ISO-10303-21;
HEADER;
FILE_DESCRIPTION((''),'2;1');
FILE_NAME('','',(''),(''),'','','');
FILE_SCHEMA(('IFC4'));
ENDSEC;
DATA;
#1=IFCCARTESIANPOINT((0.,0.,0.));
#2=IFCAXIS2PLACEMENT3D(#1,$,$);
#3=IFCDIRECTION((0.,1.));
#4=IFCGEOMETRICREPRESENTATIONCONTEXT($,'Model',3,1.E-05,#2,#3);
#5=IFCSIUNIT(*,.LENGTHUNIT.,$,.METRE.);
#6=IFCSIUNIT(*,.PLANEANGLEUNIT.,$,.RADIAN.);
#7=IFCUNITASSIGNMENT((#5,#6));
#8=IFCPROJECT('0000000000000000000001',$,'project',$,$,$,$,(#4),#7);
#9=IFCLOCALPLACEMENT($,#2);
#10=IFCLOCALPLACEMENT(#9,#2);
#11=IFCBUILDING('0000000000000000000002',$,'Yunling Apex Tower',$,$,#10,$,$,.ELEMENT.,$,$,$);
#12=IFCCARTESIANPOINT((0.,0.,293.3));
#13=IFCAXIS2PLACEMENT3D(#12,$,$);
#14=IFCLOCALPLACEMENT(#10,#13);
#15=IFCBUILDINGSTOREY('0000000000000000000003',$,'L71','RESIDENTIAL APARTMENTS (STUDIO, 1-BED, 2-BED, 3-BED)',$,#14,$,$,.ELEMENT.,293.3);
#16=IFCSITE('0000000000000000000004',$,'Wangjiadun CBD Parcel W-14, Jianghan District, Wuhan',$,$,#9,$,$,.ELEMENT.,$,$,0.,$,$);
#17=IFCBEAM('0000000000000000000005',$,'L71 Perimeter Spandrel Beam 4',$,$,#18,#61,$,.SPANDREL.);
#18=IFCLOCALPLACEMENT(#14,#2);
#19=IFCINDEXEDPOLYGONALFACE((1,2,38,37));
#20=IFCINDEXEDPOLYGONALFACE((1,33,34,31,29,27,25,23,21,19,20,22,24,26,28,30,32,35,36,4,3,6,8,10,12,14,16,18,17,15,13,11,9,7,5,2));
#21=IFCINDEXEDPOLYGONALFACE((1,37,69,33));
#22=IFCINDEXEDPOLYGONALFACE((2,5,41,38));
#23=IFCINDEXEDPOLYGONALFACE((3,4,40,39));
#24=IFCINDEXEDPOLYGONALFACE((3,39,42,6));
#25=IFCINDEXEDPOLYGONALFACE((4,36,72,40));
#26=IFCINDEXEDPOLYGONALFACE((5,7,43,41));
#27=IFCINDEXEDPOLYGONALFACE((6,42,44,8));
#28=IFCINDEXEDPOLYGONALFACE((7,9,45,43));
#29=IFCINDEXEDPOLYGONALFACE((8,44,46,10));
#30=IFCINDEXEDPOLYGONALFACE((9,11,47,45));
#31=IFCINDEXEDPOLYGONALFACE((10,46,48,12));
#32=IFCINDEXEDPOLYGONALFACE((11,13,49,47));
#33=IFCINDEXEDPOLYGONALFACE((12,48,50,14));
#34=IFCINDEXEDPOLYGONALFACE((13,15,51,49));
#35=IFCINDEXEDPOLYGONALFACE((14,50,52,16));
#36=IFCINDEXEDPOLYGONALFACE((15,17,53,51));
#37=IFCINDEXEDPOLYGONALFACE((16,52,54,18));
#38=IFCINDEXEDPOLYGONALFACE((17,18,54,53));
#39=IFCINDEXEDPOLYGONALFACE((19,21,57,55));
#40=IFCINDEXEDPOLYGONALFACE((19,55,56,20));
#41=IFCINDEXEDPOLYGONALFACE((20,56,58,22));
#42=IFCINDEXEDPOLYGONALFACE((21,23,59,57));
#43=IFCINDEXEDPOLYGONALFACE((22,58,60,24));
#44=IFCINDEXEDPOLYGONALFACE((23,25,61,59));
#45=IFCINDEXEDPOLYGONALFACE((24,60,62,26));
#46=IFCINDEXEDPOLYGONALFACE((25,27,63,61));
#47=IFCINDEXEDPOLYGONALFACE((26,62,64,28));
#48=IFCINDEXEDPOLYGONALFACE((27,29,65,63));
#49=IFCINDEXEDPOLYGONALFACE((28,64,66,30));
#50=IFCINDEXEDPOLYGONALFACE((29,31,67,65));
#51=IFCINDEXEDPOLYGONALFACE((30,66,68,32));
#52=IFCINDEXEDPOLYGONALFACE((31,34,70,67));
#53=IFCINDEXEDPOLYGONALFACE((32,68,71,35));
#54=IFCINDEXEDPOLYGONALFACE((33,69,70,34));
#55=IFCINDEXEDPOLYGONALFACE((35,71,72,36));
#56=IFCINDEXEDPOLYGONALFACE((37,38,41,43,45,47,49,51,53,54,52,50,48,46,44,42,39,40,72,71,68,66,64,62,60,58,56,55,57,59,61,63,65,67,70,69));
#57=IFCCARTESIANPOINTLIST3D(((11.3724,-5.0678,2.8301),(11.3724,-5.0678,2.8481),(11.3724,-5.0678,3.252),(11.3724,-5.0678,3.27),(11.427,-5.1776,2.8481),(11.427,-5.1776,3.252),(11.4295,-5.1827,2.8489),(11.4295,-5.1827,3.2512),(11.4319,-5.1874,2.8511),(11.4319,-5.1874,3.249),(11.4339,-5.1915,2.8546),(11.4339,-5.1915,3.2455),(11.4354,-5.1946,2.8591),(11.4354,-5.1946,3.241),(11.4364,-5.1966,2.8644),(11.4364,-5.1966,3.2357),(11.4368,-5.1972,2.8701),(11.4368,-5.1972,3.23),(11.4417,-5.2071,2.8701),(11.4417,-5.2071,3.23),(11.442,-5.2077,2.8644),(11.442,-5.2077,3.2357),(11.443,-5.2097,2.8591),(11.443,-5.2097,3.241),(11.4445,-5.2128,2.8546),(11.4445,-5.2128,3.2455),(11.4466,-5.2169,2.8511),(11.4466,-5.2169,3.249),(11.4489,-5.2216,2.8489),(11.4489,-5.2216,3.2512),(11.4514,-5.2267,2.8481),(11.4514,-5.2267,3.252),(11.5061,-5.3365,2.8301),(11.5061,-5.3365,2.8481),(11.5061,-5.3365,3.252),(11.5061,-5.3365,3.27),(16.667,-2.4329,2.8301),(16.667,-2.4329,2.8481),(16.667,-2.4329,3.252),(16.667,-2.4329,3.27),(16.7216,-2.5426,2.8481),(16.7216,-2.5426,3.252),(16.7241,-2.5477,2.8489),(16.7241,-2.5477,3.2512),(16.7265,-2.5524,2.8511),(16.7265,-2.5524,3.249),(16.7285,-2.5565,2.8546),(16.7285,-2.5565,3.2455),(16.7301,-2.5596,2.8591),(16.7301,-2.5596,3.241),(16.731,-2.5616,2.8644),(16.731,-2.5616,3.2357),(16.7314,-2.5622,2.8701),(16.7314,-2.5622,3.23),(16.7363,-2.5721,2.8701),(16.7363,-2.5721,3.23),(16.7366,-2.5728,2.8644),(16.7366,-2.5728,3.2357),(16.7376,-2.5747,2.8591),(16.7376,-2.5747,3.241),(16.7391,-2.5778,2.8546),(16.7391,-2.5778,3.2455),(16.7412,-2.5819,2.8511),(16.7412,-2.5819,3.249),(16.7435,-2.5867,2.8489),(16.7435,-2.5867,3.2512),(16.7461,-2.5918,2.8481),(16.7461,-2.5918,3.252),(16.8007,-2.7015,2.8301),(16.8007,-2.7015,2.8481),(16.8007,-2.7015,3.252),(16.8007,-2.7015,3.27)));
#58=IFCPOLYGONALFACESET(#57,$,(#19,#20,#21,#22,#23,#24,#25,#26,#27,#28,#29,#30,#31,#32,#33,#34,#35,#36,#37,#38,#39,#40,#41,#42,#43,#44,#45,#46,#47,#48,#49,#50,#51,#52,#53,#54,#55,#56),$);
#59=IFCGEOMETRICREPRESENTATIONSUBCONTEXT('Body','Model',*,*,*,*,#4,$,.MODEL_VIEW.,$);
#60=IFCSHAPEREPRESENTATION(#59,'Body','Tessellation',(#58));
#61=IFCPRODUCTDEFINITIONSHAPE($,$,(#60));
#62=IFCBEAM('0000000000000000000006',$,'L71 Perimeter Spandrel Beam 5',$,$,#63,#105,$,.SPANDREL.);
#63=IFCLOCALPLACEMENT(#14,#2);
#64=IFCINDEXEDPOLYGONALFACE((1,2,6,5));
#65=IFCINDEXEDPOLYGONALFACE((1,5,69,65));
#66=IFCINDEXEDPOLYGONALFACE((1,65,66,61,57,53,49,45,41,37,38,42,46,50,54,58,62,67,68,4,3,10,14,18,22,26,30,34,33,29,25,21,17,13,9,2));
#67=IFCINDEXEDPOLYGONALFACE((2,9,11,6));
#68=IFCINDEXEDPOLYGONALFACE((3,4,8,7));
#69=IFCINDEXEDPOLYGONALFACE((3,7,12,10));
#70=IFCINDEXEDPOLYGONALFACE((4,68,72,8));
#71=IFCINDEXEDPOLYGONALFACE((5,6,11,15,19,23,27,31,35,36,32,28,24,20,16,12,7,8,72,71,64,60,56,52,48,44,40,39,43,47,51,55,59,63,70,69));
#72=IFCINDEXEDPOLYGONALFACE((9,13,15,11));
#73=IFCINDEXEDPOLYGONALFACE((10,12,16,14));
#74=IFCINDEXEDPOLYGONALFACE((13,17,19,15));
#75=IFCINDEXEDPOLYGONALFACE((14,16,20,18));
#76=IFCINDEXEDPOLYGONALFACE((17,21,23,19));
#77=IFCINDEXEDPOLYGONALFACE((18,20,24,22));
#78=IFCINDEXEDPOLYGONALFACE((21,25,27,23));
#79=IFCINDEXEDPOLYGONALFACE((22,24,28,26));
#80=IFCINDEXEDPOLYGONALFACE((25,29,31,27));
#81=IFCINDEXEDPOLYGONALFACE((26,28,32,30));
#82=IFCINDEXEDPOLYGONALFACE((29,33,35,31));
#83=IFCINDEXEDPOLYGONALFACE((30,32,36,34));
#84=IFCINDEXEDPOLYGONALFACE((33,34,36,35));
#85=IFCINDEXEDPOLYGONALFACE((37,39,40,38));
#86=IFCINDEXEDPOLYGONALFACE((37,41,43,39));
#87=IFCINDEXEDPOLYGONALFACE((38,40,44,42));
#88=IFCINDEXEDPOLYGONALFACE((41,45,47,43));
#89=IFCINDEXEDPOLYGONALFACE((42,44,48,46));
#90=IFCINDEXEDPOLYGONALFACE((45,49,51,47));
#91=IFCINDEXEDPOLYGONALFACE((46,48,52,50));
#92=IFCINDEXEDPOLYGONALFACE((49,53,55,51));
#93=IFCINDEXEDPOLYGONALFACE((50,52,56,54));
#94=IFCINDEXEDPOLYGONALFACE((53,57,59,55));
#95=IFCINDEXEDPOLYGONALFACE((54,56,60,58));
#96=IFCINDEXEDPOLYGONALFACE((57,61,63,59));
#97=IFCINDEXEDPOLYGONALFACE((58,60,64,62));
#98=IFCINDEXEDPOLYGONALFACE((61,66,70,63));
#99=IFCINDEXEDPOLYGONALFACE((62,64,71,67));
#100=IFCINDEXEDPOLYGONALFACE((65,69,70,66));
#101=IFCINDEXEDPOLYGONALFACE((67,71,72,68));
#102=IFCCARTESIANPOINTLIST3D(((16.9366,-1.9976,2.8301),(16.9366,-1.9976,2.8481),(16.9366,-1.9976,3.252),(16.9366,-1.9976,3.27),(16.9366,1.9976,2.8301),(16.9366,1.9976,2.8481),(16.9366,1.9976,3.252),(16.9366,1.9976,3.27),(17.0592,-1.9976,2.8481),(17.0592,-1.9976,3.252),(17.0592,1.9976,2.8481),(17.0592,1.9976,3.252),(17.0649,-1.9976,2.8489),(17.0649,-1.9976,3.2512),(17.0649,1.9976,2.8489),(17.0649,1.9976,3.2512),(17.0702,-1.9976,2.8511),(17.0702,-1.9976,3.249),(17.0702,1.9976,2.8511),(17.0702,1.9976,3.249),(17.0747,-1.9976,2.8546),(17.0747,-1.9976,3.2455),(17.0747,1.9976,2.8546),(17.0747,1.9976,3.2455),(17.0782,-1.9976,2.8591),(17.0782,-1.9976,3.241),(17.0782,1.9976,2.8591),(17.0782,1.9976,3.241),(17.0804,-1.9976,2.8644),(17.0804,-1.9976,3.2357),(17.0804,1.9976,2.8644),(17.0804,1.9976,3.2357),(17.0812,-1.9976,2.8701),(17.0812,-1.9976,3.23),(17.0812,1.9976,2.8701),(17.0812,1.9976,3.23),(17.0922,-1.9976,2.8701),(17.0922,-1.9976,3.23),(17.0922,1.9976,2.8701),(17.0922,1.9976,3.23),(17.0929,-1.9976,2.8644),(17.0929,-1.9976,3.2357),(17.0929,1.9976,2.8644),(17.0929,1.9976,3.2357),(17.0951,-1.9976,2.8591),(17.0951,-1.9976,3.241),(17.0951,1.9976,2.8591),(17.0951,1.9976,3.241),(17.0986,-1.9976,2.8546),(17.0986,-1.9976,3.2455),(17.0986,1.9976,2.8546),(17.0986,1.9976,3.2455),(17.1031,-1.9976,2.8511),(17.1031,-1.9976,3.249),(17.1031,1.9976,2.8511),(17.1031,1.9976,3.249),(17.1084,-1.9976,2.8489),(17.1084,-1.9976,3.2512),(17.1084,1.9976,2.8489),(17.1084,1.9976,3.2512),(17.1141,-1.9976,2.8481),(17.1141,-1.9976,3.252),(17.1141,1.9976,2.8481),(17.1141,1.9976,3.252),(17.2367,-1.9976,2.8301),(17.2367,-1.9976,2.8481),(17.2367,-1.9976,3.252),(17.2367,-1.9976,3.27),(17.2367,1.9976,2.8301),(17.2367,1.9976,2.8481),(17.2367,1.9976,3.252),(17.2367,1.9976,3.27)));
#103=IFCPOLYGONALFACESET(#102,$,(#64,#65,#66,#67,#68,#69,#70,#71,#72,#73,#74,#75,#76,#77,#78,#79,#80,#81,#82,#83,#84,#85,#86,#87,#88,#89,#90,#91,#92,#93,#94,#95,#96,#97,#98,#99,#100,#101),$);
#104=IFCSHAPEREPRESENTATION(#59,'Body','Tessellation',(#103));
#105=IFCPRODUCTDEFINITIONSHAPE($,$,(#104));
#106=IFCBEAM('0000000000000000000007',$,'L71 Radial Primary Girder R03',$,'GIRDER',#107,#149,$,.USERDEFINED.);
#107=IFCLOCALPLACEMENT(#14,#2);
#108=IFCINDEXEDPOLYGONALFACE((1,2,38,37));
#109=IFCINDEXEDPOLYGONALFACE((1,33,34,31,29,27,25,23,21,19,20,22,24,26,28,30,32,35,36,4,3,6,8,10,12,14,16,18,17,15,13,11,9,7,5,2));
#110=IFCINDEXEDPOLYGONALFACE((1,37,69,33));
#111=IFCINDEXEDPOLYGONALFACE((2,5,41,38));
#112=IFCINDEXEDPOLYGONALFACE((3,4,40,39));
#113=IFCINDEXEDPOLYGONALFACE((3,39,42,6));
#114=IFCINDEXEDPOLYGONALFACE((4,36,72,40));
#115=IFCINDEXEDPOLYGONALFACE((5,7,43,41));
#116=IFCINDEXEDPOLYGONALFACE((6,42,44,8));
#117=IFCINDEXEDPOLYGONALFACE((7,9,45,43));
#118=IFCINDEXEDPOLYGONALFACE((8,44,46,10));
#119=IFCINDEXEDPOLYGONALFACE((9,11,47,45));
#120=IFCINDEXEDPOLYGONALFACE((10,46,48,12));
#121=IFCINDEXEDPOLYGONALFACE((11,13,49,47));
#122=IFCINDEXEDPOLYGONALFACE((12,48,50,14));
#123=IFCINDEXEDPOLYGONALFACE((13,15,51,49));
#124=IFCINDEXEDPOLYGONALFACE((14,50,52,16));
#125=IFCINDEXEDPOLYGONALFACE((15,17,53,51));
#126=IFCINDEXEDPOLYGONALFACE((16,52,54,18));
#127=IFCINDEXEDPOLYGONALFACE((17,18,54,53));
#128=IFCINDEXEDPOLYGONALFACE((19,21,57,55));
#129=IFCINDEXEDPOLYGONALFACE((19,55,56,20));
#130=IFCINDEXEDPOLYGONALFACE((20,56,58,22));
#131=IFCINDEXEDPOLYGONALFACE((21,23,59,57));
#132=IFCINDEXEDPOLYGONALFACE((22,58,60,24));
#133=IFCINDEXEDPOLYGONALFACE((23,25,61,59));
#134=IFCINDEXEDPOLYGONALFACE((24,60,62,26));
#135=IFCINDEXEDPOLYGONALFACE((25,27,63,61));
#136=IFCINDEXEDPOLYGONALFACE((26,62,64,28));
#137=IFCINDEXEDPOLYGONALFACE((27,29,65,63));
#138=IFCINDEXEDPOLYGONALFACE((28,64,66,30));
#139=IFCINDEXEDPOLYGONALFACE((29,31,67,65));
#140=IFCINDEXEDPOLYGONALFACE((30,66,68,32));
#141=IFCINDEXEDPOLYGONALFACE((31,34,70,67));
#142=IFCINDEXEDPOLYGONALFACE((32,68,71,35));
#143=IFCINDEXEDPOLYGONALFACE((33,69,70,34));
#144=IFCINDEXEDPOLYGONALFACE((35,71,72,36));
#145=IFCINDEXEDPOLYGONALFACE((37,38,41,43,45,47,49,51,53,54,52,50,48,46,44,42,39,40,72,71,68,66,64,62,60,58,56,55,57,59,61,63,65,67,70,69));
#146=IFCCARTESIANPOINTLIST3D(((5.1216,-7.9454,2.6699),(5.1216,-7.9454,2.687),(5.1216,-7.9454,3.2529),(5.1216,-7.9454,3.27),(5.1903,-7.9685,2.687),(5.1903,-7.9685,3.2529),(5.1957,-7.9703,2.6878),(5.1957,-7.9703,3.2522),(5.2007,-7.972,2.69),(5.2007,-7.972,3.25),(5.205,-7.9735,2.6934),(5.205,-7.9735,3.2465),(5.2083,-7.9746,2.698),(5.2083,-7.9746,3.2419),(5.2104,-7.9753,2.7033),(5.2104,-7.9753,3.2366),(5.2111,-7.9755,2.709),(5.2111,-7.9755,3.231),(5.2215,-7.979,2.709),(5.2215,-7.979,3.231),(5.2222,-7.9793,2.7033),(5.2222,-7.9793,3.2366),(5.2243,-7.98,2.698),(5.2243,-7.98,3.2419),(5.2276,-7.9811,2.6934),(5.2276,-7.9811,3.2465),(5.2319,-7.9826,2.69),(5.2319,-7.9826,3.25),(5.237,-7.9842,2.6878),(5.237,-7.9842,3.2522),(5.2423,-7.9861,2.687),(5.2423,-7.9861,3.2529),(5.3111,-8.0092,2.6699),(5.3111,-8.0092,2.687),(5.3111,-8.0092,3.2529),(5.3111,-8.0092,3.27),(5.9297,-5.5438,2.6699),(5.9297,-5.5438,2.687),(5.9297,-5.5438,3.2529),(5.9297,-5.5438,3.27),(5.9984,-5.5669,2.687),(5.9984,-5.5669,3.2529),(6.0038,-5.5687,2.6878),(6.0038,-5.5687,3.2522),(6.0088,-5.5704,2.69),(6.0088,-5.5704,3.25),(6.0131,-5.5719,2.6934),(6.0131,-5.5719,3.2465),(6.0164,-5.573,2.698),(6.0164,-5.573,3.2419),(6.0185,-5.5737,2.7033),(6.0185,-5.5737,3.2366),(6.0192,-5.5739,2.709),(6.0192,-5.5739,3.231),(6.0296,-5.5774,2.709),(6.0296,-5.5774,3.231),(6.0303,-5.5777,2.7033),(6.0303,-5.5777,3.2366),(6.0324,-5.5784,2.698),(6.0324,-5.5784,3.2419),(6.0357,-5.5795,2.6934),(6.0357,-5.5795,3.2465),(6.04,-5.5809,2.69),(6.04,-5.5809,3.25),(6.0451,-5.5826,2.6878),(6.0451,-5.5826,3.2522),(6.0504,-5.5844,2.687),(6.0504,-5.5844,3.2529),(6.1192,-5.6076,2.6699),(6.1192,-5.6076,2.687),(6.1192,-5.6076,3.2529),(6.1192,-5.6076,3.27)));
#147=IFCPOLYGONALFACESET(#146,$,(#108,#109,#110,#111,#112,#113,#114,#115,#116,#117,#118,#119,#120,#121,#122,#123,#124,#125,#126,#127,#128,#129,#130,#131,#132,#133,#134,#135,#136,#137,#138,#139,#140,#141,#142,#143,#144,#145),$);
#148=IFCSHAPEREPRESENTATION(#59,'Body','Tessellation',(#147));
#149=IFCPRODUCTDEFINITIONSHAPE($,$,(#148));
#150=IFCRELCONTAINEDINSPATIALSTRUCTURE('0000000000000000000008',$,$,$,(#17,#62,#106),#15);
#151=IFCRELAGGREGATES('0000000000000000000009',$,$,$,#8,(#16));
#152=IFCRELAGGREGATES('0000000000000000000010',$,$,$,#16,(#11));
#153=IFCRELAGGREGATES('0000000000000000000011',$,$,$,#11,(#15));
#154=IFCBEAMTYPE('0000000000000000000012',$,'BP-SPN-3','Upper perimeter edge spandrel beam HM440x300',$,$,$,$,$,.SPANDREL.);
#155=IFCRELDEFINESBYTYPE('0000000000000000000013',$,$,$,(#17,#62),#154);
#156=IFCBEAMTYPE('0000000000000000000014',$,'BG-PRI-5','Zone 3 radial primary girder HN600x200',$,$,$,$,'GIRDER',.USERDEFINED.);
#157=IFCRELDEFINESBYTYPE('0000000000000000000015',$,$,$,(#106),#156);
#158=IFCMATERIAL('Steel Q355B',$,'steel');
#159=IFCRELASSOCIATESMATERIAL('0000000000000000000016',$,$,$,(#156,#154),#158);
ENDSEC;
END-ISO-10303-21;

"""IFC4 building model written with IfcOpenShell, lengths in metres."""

from ifc_helpers import new_model, si_unit, direction, frame, origin, origin_2d, place, context, subcontext, project, spatial, i_section, extrude, source, transform, mapped, material, material_profile, profile_set, type_object, element, save


model = new_model("IFC4")

# Units and contexts
model_context = context("Model", 3, precision=1e-05, world=origin(), true_north=direction((0.0, 1.0)))
body_context = subcontext(model_context, "Body", "Model", "MODEL_VIEW")
ifc_project = project(units=[si_unit("LENGTHUNIT", "METRE"), si_unit("PLANEANGLEUNIT", "RADIAN")], contexts=[model_context])

# Site, building, storey
site_placement = place(None, origin())
site = spatial("IfcSite", under=ifc_project, at=site_placement, Name="Wangjiadun CBD Parcel W-14, Jianghan District, Wuhan", CompositionType="ELEMENT", RefElevation=0.0)
building_placement = place(site_placement, origin())
building = spatial("IfcBuilding", under=site, at=building_placement, Name="Yunling Apex Tower", CompositionType="ELEMENT")
storey_placement = place(building_placement, frame((0.0, 0.0, 293.3)))
storey = spatial("IfcBuildingStorey", under=building, at=storey_placement, Name="L71", Description="RESIDENTIAL APARTMENTS (STUDIO, 1-BED, 2-BED, 3-BED)", CompositionType="ELEMENT", Elevation=293.3)

# Shared definitions
ifc_material_1 = material(Name="Steel Q355B", Category="steel")

# Beams
ifc_material_profile_1 = material_profile(ifc_material_1, i_section(OverallWidth=0.2, OverallDepth=0.6001, WebThickness=0.011, FlangeThickness=0.0171, FilletRadius=0.022, at=origin_2d()))
ifc_profile_set_1 = profile_set([ifc_material_profile_1], Name="Steel Q355B")
beam_type_1 = type_object("IfcBeamType", Name="BG-PRI-5", Description="Zone 3 radial primary girder HN600x200", ElementType="GIRDER", PredefinedType="USERDEFINED", material=ifc_profile_set_1)
ifc_material_profile_2 = material_profile(ifc_material_1, i_section(OverallWidth=0.3, OverallDepth=0.4399, WebThickness=0.011, FlangeThickness=0.0181, FilletRadius=0.022, at=origin_2d()))
ifc_profile_set_2 = profile_set([ifc_material_profile_2], Name="Steel Q355B")
beam_type_2 = type_object("IfcBeamType", Name="BP-SPN-3", Description="Upper perimeter edge spandrel beam HM440x300", PredefinedType="SPANDREL", material=ifc_profile_set_2)
shared_shape_1 = source(origin(), body_context, "Body", "SweptSolid", [
    extrude(i_section(OverallWidth=0.3, OverallDepth=0.4399, WebThickness=0.011, FlangeThickness=0.0181, FilletRadius=0.022, at=origin_2d()), origin(), (0.0, 0.0, 1.0), 5.9141),
])
for number, where, z_axis, x_axis, name in (
    (1, (11.4392, -5.2021, 3.05), (0.89526, 0.445545, 0.0), (-0.445545, 0.89526, 0.0), "L71 Perimeter Spandrel Beam 4"),
):
    element("IfcBeam", number, at=place(storey_placement, frame(where, z_axis=z_axis, x_axis=x_axis)), inside=storey, type_object=beam_type_2, Name=name, PredefinedType="SPANDREL", context=body_context, shape_type="MappedRepresentation", body=[
        mapped(shared_shape_1, transform((0.0, 0.0, 0.0), scale=1.0)),
    ])
shared_shape_2 = source(origin(), body_context, "Body", "SweptSolid", [
    extrude(i_section(OverallWidth=0.3, OverallDepth=0.4399, WebThickness=0.011, FlangeThickness=0.0181, FilletRadius=0.022, at=origin_2d()), origin(), (0.0, 0.0, 1.0), 3.9951),
])
beam_1_placement = place(storey_placement, frame((17.0867, -1.9976, 3.05), z_axis=(0.0, 1.0, 0.0), x_axis=(-1.0, 0.0, 0.0)))
element("IfcBeam", 2, at=beam_1_placement, inside=storey, type_object=beam_type_2, Name="L71 Perimeter Spandrel Beam 5", PredefinedType="SPANDREL", context=body_context, shape_type="MappedRepresentation", body=[
    mapped(shared_shape_2, transform((0.0, 0.0, 0.0), scale=1.0)),
])
shared_shape_3 = source(origin(), body_context, "Body", "SweptSolid", [
    extrude(i_section(OverallWidth=0.2, OverallDepth=0.6001, WebThickness=0.011, FlangeThickness=0.0171, FilletRadius=0.022, at=origin_2d()), origin(), (0.0, 0.0, 1.0), 2.5339),
])
beam_2_placement = place(storey_placement, frame((5.2163, -7.9773, 2.97), z_axis=(0.318915, 0.947783, 0.0), x_axis=(-0.947783, 0.318915, 0.0)))
element("IfcBeam", 3, at=beam_2_placement, inside=storey, type_object=beam_type_1, Name="L71 Radial Primary Girder R03", ObjectType="GIRDER", PredefinedType="USERDEFINED", context=body_context, shape_type="MappedRepresentation", body=[
    mapped(shared_shape_3, transform((0.0, 0.0, 0.0), scale=1.0)),
])

save(model, "model.ifc")
